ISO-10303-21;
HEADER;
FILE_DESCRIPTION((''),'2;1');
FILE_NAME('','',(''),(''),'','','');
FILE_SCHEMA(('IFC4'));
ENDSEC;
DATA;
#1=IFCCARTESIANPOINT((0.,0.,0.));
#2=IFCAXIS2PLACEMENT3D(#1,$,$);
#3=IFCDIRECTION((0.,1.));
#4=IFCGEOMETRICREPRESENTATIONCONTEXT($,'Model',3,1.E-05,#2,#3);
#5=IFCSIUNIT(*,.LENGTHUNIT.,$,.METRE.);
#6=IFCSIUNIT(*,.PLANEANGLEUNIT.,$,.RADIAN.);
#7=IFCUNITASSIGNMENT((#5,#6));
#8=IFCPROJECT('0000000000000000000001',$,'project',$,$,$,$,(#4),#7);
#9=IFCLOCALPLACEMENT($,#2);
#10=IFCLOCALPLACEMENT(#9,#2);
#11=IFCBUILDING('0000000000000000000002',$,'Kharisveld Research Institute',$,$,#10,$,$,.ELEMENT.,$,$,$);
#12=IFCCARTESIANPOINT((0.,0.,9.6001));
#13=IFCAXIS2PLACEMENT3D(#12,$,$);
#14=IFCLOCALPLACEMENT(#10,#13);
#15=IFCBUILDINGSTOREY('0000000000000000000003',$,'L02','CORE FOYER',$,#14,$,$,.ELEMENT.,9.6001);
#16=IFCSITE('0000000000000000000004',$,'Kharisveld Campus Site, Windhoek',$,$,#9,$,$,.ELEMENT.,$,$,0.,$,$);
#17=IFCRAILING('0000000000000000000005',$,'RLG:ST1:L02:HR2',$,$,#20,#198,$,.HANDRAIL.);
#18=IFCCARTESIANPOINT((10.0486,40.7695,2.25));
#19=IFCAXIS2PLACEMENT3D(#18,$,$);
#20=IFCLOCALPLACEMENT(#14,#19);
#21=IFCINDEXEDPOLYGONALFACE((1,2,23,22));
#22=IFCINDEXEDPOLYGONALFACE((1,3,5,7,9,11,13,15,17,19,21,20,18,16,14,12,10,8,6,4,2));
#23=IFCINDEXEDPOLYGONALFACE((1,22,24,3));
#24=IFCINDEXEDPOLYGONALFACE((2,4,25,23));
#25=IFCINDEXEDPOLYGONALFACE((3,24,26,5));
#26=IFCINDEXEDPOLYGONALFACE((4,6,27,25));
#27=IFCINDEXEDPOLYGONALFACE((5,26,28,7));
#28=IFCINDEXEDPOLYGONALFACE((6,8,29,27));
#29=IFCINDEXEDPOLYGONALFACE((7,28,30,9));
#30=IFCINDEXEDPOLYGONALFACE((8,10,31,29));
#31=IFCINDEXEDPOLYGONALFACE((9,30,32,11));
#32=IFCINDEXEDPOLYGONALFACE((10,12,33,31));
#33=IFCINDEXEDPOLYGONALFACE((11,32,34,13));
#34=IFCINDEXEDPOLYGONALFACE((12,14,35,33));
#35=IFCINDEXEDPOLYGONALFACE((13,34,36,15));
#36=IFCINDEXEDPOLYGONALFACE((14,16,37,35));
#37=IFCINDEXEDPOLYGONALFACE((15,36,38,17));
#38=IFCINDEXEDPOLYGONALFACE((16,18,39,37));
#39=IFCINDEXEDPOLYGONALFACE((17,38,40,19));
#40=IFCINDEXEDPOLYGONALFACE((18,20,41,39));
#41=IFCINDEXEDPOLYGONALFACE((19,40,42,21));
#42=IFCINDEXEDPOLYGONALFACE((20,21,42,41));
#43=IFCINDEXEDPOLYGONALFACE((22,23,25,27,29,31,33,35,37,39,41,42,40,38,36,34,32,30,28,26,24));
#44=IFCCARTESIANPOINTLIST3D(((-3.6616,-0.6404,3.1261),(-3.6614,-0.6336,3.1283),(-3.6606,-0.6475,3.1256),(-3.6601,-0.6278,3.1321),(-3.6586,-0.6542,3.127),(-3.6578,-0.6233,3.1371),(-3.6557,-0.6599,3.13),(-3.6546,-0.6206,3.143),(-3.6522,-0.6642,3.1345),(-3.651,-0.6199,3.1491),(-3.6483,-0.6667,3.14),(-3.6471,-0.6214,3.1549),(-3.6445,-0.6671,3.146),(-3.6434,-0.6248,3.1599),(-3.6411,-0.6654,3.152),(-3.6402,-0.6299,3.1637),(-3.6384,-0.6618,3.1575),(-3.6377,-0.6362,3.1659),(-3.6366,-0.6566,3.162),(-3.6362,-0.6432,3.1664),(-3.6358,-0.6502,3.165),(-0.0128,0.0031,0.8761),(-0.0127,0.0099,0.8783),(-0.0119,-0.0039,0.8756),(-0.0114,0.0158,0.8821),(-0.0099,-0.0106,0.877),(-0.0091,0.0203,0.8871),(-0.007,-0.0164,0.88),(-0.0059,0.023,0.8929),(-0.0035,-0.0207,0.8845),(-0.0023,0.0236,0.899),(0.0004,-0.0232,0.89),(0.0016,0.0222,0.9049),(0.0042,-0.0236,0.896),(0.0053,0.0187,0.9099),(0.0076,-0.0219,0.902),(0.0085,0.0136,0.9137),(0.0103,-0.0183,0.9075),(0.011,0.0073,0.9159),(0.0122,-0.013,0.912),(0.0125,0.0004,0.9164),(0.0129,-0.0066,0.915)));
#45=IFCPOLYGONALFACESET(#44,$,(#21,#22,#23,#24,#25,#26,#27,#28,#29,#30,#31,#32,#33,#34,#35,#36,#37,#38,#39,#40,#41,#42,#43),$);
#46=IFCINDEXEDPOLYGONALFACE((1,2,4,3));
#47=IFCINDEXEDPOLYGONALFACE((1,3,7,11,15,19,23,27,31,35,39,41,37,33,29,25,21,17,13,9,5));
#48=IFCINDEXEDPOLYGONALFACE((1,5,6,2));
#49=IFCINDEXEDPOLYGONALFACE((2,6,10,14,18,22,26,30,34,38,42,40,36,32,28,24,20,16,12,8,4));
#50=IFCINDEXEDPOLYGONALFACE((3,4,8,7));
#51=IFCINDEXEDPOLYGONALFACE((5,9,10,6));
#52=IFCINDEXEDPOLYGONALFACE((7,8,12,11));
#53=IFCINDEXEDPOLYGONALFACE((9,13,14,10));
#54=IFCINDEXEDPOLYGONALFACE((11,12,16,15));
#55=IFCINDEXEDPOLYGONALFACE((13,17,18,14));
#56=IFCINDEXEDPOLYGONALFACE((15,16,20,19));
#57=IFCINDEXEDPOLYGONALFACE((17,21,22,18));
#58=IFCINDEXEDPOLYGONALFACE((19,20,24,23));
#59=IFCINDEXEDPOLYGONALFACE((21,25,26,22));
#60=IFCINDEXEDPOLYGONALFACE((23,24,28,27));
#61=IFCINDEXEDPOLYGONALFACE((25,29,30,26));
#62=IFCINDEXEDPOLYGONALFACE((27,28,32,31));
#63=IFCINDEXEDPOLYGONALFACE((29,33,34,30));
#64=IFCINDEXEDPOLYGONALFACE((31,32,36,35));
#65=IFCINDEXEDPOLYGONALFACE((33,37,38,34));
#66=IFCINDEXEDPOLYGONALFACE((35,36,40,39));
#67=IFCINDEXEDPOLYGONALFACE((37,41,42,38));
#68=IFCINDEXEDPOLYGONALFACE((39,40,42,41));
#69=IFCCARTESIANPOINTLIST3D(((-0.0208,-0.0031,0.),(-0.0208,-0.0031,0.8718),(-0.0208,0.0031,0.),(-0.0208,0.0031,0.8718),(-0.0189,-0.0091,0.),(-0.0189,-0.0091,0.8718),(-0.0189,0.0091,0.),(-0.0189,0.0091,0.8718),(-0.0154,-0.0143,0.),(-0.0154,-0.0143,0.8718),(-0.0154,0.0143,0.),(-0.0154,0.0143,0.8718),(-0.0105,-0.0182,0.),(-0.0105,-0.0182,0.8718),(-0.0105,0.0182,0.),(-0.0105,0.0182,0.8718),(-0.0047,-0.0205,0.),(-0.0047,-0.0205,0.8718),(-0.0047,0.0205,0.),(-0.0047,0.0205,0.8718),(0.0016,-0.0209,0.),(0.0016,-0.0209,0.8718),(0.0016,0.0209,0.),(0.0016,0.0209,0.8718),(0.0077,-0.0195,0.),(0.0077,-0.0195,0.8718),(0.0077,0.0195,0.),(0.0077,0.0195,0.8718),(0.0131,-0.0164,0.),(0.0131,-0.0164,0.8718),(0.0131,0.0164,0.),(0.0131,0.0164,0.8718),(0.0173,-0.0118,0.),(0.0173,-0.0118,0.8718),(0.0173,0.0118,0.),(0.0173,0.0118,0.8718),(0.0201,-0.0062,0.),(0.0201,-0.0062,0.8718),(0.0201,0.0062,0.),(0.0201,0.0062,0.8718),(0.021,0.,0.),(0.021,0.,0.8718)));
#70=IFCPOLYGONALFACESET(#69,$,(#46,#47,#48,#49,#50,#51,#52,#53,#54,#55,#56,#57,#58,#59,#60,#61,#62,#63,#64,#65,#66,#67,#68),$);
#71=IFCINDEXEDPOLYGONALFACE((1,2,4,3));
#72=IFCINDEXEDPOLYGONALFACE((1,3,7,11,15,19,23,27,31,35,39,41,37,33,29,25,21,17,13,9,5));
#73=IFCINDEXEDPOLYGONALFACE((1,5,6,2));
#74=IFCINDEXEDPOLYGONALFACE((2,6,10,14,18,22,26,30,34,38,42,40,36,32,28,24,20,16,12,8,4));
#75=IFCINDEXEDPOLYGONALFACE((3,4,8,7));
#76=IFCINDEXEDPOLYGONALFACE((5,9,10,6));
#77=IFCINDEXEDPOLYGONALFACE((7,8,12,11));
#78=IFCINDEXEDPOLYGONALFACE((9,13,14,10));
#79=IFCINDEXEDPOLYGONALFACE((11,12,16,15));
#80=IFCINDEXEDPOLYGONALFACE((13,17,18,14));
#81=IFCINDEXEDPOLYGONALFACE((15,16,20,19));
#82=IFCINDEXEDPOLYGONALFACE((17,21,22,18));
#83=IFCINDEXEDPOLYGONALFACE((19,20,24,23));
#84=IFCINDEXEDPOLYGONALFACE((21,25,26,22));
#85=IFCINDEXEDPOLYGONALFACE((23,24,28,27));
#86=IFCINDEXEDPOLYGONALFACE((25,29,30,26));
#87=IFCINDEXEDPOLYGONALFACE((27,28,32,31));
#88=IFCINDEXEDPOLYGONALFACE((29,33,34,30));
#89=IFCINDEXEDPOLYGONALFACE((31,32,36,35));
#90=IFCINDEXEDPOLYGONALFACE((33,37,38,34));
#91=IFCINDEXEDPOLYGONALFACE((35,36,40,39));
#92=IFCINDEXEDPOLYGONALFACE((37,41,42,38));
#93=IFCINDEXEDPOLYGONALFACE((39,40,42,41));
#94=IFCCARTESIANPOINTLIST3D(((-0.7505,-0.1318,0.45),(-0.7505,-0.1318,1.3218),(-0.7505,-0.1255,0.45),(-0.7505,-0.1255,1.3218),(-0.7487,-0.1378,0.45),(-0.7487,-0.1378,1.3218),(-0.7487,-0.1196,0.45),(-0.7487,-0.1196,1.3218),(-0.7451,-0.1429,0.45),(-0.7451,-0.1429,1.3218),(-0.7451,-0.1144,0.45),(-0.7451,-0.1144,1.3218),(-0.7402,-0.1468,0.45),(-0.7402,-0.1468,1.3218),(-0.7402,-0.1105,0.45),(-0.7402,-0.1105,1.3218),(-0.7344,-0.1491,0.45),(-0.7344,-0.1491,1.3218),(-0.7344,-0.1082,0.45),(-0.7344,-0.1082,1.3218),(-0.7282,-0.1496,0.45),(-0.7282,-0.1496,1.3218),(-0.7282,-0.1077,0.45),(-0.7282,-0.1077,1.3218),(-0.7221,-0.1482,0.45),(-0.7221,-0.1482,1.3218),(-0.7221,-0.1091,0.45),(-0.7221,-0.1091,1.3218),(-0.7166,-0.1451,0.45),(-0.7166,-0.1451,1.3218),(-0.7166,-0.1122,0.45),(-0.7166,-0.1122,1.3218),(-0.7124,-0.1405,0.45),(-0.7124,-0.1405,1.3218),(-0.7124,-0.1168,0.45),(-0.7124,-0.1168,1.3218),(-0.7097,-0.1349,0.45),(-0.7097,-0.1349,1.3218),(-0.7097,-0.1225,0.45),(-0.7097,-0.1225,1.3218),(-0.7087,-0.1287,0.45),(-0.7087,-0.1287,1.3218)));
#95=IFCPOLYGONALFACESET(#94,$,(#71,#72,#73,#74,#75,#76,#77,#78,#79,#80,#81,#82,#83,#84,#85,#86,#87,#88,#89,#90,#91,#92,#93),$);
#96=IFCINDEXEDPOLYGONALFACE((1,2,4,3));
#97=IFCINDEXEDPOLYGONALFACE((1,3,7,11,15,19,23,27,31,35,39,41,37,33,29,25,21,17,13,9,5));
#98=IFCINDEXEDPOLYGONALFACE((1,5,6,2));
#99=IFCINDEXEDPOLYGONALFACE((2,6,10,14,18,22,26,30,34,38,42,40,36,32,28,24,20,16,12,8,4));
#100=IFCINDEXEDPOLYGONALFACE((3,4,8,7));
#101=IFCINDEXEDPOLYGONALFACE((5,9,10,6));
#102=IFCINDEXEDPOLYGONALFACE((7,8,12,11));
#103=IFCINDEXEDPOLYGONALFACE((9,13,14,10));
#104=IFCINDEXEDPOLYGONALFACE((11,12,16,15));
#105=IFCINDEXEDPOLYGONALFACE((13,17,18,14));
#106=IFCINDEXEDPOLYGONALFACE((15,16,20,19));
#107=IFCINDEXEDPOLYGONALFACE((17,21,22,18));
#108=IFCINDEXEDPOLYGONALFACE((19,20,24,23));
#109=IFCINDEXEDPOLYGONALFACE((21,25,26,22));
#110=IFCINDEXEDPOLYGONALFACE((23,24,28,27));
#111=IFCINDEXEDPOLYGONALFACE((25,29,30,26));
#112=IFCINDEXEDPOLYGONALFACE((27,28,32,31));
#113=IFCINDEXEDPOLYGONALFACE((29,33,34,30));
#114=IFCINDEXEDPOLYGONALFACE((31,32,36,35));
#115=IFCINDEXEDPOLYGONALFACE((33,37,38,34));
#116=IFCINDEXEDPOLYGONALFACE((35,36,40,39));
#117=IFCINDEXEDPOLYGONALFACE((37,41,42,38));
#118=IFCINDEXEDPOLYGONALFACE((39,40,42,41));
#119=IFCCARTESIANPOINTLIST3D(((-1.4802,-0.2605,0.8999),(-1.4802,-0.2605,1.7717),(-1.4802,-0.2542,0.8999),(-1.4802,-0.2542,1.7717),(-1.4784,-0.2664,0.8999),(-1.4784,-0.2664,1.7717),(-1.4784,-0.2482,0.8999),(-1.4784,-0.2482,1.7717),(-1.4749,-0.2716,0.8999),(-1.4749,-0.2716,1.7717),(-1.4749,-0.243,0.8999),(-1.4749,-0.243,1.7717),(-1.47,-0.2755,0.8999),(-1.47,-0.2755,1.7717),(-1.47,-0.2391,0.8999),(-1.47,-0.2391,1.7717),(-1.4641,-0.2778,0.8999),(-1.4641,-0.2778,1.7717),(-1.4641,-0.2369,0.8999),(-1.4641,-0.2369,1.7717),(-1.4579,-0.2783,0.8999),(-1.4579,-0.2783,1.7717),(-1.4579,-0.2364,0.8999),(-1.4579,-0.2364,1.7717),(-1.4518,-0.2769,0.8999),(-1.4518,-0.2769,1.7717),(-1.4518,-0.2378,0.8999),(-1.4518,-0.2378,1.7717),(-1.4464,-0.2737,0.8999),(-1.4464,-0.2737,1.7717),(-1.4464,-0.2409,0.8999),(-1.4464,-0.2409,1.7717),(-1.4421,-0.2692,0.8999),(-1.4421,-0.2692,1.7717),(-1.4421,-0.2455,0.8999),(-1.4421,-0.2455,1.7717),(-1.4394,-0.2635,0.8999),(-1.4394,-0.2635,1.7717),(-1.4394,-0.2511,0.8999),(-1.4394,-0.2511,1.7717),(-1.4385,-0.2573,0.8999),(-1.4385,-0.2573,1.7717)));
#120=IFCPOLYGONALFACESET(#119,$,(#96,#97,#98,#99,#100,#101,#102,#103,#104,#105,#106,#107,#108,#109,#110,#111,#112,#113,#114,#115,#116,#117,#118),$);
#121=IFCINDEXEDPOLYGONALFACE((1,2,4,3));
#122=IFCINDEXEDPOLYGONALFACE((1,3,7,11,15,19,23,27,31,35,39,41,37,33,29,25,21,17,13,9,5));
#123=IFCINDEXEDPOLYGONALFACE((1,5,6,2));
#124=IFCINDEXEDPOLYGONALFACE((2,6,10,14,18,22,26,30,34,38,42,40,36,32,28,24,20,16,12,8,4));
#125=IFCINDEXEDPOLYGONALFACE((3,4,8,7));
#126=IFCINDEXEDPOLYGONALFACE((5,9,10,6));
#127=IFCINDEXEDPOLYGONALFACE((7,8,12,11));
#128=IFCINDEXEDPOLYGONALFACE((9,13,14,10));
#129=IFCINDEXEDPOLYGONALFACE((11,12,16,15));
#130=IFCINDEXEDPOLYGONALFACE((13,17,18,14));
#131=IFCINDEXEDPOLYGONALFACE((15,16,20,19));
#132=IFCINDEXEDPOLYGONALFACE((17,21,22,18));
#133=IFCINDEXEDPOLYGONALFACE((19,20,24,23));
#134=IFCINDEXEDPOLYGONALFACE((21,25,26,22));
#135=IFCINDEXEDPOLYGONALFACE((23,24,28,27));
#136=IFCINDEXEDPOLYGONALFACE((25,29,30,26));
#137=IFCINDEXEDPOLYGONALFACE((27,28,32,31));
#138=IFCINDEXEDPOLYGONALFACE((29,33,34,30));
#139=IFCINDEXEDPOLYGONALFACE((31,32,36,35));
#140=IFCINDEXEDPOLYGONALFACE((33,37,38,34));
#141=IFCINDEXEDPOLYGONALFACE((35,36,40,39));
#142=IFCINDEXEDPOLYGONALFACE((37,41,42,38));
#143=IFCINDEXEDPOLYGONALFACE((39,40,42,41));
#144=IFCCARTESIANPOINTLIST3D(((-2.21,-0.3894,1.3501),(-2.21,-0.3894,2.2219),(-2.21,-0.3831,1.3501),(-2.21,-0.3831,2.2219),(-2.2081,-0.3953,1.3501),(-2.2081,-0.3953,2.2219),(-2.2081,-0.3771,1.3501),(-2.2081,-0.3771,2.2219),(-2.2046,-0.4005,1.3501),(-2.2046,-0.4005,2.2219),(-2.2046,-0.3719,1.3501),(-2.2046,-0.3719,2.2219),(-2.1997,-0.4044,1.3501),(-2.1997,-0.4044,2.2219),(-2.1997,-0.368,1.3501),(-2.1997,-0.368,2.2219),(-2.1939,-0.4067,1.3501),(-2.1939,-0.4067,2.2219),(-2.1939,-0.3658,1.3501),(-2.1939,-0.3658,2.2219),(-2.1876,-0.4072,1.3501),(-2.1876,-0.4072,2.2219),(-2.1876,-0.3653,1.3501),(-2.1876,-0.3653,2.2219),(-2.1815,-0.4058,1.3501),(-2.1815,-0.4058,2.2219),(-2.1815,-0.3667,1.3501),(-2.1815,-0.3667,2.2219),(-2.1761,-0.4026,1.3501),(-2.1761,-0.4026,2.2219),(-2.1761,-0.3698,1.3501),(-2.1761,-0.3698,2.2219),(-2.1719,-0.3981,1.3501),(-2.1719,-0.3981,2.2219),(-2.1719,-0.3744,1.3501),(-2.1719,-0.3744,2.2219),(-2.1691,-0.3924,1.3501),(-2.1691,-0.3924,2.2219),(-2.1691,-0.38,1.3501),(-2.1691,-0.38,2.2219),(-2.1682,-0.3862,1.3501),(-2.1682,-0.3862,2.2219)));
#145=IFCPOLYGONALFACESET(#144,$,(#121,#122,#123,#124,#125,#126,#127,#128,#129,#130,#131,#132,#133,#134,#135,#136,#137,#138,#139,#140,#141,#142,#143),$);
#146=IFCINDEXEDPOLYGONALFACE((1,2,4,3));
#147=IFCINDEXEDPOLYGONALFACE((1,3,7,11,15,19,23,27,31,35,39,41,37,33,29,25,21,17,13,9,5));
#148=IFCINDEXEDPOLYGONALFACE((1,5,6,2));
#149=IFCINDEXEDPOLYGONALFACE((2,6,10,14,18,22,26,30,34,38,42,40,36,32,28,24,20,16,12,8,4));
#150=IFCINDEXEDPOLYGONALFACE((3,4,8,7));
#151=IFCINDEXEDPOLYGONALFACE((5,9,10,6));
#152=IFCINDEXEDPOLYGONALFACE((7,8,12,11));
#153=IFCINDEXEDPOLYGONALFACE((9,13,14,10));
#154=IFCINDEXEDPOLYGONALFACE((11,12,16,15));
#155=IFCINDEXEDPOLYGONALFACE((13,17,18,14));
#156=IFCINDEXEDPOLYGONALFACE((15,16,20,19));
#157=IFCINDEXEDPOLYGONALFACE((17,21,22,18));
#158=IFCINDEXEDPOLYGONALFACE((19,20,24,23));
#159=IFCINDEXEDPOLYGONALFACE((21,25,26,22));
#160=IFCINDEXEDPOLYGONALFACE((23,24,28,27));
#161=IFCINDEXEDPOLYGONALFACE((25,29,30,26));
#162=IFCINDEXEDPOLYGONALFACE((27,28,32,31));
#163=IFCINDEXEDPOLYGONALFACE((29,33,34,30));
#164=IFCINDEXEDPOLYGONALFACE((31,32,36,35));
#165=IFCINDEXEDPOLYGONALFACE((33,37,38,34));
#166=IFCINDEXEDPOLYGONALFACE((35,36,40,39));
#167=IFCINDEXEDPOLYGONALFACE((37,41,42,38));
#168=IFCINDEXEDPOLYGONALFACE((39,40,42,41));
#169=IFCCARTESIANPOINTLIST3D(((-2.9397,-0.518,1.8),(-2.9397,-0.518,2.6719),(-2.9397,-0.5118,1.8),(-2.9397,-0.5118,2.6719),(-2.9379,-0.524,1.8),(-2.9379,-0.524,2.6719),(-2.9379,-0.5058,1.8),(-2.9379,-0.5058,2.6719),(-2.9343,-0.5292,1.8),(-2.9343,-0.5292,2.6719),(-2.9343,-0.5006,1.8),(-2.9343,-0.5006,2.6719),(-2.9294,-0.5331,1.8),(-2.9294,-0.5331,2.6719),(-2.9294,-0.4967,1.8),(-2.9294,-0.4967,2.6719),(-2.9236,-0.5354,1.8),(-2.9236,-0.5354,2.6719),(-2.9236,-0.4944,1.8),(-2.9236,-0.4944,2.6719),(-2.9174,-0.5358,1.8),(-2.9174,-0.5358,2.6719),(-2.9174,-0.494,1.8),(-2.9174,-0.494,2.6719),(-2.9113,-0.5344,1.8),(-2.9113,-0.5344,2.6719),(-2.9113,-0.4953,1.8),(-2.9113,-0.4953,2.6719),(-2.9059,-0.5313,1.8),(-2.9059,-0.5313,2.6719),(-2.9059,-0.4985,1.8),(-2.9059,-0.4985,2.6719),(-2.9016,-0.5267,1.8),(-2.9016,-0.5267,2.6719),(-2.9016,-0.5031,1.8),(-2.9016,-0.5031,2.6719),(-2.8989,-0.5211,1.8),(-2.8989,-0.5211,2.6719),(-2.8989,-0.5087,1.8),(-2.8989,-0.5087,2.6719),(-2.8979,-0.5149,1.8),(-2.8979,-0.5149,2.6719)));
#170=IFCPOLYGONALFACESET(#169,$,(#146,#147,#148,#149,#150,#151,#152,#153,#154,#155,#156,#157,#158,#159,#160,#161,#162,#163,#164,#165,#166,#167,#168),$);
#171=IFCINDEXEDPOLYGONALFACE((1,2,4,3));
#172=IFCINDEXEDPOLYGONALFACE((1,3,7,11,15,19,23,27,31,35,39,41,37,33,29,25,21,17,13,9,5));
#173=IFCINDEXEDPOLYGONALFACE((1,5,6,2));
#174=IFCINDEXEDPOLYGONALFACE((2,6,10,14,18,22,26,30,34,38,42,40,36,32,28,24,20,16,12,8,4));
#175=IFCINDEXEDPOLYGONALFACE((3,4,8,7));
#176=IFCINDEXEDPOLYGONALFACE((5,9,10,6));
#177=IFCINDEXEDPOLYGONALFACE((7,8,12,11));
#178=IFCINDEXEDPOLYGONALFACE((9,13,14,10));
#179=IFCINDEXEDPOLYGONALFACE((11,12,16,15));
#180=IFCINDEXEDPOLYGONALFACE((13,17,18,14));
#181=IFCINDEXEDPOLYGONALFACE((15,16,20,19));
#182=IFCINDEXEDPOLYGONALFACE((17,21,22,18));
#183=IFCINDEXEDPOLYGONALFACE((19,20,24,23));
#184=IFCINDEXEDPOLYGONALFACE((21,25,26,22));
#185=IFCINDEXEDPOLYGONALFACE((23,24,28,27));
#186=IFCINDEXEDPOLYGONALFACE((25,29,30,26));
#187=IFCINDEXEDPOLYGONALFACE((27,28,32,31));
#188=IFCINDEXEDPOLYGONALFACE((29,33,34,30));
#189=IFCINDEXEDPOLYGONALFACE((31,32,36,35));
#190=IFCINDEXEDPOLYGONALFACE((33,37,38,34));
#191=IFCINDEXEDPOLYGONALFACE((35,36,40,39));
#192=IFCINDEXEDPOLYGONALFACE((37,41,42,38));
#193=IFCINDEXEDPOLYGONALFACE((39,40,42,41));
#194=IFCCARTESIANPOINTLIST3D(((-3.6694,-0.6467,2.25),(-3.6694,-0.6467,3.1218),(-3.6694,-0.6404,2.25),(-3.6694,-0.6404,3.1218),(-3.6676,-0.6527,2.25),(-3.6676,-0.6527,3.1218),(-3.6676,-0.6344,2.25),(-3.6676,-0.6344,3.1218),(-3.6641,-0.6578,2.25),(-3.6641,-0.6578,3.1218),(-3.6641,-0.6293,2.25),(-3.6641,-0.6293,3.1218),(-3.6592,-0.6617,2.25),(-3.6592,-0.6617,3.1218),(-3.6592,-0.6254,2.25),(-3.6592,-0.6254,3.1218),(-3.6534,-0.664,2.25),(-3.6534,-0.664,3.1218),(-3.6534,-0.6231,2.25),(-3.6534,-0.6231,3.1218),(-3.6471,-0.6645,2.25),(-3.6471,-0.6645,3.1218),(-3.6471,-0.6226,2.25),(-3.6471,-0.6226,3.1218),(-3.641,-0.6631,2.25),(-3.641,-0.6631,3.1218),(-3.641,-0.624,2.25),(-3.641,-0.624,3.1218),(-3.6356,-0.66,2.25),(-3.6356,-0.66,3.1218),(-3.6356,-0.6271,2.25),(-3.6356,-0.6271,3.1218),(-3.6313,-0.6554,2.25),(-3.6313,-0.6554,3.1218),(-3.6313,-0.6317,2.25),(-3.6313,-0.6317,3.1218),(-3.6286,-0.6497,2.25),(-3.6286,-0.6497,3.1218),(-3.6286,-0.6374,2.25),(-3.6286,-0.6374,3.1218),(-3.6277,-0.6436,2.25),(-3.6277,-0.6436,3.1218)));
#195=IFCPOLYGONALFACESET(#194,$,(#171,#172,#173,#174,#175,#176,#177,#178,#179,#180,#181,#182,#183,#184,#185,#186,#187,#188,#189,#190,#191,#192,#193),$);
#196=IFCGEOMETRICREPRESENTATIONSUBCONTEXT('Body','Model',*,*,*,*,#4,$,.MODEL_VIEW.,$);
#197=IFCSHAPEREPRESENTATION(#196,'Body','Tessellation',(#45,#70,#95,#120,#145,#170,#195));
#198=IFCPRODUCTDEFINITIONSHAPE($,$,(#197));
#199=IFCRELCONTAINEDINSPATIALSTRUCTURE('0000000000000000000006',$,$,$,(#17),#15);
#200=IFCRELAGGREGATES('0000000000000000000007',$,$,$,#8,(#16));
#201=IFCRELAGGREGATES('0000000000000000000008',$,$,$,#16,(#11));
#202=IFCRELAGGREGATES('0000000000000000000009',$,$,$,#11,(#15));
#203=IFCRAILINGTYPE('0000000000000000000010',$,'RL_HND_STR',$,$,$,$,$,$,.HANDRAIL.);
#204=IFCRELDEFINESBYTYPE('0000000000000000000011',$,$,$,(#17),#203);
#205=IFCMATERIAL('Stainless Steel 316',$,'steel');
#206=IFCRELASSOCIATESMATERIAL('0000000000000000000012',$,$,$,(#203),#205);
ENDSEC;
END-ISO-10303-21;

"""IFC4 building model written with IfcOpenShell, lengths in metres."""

from ifc_helpers import new_model, si_unit, direction, frame, origin, origin_2d, place, context, subcontext, project, spatial, circle, extrude, material, type_object, element, save


model = new_model("IFC4")

# Units and contexts
model_context = context("Model", 3, precision=1e-05, world=origin(), true_north=direction((0.0, 1.0)))
body_context = subcontext(model_context, "Body", "Model", "MODEL_VIEW")
ifc_project = project(units=[si_unit("LENGTHUNIT", "METRE"), si_unit("PLANEANGLEUNIT", "RADIAN")], contexts=[model_context])

# Site, building, storey
site_placement = place(None, origin())
site = spatial("IfcSite", under=ifc_project, at=site_placement, Name="Kharisveld Campus Site, Windhoek", CompositionType="ELEMENT", RefElevation=0.0)
building_placement = place(site_placement, origin())
building = spatial("IfcBuilding", under=site, at=building_placement, Name="Kharisveld Research Institute", CompositionType="ELEMENT")
storey_placement = place(building_placement, frame((0.0, 0.0, 9.6001)))
storey = spatial("IfcBuildingStorey", under=building, at=storey_placement, Name="L02", Description="CORE FOYER", CompositionType="ELEMENT", Elevation=9.6001)

# Railing
ifc_material_1 = material(Name="Stainless Steel 316", Category="steel")
railing_type_1 = type_object("IfcRailingType", Name="RL_HND_STR", PredefinedType="HANDRAIL", material=ifc_material_1)
railing_1_placement = place(storey_placement, frame((10.0486, 40.7695, 2.25)))
element("IfcRailing", 1, at=railing_1_placement, inside=storey, type_object=railing_type_1, Name="RLG:ST1:L02:HR2", PredefinedType="HANDRAIL", context=body_context, shape_type="SweptSolid", body=[
    extrude(circle(Radius=0.0239, at=origin_2d()), frame((0.0, 0.0, 0.896), z_axis=(-0.84174, -0.148466, 0.519068), x_axis=(0.173699, -0.984799, 0.0)), (0.0, 0.0, 1.0), 4.3347),
    extrude(circle(Radius=0.021, at=origin_2d()), origin(), (0.0, 0.0, 1.0), 0.8718),
    extrude(circle(Radius=0.021, at=origin_2d()), frame((-0.7297, -0.1287, 0.45)), (0.0, 0.0, 1.0), 0.8718),
    extrude(circle(Radius=0.021, at=origin_2d()), frame((-1.4595, -0.2573, 0.8999)), (0.0, 0.0, 1.0), 0.8718),
    extrude(circle(Radius=0.021, at=origin_2d()), frame((-2.1892, -0.3862, 1.3501)), (0.0, 0.0, 1.0), 0.8718),
    extrude(circle(Radius=0.021, at=origin_2d()), frame((-2.9189, -0.5149, 1.8)), (0.0, 0.0, 1.0), 0.8718),
    extrude(circle(Radius=0.021, at=origin_2d()), frame((-3.6487, -0.6436, 2.25)), (0.0, 0.0, 1.0), 0.8718),
])

save(model, "model.ifc")
